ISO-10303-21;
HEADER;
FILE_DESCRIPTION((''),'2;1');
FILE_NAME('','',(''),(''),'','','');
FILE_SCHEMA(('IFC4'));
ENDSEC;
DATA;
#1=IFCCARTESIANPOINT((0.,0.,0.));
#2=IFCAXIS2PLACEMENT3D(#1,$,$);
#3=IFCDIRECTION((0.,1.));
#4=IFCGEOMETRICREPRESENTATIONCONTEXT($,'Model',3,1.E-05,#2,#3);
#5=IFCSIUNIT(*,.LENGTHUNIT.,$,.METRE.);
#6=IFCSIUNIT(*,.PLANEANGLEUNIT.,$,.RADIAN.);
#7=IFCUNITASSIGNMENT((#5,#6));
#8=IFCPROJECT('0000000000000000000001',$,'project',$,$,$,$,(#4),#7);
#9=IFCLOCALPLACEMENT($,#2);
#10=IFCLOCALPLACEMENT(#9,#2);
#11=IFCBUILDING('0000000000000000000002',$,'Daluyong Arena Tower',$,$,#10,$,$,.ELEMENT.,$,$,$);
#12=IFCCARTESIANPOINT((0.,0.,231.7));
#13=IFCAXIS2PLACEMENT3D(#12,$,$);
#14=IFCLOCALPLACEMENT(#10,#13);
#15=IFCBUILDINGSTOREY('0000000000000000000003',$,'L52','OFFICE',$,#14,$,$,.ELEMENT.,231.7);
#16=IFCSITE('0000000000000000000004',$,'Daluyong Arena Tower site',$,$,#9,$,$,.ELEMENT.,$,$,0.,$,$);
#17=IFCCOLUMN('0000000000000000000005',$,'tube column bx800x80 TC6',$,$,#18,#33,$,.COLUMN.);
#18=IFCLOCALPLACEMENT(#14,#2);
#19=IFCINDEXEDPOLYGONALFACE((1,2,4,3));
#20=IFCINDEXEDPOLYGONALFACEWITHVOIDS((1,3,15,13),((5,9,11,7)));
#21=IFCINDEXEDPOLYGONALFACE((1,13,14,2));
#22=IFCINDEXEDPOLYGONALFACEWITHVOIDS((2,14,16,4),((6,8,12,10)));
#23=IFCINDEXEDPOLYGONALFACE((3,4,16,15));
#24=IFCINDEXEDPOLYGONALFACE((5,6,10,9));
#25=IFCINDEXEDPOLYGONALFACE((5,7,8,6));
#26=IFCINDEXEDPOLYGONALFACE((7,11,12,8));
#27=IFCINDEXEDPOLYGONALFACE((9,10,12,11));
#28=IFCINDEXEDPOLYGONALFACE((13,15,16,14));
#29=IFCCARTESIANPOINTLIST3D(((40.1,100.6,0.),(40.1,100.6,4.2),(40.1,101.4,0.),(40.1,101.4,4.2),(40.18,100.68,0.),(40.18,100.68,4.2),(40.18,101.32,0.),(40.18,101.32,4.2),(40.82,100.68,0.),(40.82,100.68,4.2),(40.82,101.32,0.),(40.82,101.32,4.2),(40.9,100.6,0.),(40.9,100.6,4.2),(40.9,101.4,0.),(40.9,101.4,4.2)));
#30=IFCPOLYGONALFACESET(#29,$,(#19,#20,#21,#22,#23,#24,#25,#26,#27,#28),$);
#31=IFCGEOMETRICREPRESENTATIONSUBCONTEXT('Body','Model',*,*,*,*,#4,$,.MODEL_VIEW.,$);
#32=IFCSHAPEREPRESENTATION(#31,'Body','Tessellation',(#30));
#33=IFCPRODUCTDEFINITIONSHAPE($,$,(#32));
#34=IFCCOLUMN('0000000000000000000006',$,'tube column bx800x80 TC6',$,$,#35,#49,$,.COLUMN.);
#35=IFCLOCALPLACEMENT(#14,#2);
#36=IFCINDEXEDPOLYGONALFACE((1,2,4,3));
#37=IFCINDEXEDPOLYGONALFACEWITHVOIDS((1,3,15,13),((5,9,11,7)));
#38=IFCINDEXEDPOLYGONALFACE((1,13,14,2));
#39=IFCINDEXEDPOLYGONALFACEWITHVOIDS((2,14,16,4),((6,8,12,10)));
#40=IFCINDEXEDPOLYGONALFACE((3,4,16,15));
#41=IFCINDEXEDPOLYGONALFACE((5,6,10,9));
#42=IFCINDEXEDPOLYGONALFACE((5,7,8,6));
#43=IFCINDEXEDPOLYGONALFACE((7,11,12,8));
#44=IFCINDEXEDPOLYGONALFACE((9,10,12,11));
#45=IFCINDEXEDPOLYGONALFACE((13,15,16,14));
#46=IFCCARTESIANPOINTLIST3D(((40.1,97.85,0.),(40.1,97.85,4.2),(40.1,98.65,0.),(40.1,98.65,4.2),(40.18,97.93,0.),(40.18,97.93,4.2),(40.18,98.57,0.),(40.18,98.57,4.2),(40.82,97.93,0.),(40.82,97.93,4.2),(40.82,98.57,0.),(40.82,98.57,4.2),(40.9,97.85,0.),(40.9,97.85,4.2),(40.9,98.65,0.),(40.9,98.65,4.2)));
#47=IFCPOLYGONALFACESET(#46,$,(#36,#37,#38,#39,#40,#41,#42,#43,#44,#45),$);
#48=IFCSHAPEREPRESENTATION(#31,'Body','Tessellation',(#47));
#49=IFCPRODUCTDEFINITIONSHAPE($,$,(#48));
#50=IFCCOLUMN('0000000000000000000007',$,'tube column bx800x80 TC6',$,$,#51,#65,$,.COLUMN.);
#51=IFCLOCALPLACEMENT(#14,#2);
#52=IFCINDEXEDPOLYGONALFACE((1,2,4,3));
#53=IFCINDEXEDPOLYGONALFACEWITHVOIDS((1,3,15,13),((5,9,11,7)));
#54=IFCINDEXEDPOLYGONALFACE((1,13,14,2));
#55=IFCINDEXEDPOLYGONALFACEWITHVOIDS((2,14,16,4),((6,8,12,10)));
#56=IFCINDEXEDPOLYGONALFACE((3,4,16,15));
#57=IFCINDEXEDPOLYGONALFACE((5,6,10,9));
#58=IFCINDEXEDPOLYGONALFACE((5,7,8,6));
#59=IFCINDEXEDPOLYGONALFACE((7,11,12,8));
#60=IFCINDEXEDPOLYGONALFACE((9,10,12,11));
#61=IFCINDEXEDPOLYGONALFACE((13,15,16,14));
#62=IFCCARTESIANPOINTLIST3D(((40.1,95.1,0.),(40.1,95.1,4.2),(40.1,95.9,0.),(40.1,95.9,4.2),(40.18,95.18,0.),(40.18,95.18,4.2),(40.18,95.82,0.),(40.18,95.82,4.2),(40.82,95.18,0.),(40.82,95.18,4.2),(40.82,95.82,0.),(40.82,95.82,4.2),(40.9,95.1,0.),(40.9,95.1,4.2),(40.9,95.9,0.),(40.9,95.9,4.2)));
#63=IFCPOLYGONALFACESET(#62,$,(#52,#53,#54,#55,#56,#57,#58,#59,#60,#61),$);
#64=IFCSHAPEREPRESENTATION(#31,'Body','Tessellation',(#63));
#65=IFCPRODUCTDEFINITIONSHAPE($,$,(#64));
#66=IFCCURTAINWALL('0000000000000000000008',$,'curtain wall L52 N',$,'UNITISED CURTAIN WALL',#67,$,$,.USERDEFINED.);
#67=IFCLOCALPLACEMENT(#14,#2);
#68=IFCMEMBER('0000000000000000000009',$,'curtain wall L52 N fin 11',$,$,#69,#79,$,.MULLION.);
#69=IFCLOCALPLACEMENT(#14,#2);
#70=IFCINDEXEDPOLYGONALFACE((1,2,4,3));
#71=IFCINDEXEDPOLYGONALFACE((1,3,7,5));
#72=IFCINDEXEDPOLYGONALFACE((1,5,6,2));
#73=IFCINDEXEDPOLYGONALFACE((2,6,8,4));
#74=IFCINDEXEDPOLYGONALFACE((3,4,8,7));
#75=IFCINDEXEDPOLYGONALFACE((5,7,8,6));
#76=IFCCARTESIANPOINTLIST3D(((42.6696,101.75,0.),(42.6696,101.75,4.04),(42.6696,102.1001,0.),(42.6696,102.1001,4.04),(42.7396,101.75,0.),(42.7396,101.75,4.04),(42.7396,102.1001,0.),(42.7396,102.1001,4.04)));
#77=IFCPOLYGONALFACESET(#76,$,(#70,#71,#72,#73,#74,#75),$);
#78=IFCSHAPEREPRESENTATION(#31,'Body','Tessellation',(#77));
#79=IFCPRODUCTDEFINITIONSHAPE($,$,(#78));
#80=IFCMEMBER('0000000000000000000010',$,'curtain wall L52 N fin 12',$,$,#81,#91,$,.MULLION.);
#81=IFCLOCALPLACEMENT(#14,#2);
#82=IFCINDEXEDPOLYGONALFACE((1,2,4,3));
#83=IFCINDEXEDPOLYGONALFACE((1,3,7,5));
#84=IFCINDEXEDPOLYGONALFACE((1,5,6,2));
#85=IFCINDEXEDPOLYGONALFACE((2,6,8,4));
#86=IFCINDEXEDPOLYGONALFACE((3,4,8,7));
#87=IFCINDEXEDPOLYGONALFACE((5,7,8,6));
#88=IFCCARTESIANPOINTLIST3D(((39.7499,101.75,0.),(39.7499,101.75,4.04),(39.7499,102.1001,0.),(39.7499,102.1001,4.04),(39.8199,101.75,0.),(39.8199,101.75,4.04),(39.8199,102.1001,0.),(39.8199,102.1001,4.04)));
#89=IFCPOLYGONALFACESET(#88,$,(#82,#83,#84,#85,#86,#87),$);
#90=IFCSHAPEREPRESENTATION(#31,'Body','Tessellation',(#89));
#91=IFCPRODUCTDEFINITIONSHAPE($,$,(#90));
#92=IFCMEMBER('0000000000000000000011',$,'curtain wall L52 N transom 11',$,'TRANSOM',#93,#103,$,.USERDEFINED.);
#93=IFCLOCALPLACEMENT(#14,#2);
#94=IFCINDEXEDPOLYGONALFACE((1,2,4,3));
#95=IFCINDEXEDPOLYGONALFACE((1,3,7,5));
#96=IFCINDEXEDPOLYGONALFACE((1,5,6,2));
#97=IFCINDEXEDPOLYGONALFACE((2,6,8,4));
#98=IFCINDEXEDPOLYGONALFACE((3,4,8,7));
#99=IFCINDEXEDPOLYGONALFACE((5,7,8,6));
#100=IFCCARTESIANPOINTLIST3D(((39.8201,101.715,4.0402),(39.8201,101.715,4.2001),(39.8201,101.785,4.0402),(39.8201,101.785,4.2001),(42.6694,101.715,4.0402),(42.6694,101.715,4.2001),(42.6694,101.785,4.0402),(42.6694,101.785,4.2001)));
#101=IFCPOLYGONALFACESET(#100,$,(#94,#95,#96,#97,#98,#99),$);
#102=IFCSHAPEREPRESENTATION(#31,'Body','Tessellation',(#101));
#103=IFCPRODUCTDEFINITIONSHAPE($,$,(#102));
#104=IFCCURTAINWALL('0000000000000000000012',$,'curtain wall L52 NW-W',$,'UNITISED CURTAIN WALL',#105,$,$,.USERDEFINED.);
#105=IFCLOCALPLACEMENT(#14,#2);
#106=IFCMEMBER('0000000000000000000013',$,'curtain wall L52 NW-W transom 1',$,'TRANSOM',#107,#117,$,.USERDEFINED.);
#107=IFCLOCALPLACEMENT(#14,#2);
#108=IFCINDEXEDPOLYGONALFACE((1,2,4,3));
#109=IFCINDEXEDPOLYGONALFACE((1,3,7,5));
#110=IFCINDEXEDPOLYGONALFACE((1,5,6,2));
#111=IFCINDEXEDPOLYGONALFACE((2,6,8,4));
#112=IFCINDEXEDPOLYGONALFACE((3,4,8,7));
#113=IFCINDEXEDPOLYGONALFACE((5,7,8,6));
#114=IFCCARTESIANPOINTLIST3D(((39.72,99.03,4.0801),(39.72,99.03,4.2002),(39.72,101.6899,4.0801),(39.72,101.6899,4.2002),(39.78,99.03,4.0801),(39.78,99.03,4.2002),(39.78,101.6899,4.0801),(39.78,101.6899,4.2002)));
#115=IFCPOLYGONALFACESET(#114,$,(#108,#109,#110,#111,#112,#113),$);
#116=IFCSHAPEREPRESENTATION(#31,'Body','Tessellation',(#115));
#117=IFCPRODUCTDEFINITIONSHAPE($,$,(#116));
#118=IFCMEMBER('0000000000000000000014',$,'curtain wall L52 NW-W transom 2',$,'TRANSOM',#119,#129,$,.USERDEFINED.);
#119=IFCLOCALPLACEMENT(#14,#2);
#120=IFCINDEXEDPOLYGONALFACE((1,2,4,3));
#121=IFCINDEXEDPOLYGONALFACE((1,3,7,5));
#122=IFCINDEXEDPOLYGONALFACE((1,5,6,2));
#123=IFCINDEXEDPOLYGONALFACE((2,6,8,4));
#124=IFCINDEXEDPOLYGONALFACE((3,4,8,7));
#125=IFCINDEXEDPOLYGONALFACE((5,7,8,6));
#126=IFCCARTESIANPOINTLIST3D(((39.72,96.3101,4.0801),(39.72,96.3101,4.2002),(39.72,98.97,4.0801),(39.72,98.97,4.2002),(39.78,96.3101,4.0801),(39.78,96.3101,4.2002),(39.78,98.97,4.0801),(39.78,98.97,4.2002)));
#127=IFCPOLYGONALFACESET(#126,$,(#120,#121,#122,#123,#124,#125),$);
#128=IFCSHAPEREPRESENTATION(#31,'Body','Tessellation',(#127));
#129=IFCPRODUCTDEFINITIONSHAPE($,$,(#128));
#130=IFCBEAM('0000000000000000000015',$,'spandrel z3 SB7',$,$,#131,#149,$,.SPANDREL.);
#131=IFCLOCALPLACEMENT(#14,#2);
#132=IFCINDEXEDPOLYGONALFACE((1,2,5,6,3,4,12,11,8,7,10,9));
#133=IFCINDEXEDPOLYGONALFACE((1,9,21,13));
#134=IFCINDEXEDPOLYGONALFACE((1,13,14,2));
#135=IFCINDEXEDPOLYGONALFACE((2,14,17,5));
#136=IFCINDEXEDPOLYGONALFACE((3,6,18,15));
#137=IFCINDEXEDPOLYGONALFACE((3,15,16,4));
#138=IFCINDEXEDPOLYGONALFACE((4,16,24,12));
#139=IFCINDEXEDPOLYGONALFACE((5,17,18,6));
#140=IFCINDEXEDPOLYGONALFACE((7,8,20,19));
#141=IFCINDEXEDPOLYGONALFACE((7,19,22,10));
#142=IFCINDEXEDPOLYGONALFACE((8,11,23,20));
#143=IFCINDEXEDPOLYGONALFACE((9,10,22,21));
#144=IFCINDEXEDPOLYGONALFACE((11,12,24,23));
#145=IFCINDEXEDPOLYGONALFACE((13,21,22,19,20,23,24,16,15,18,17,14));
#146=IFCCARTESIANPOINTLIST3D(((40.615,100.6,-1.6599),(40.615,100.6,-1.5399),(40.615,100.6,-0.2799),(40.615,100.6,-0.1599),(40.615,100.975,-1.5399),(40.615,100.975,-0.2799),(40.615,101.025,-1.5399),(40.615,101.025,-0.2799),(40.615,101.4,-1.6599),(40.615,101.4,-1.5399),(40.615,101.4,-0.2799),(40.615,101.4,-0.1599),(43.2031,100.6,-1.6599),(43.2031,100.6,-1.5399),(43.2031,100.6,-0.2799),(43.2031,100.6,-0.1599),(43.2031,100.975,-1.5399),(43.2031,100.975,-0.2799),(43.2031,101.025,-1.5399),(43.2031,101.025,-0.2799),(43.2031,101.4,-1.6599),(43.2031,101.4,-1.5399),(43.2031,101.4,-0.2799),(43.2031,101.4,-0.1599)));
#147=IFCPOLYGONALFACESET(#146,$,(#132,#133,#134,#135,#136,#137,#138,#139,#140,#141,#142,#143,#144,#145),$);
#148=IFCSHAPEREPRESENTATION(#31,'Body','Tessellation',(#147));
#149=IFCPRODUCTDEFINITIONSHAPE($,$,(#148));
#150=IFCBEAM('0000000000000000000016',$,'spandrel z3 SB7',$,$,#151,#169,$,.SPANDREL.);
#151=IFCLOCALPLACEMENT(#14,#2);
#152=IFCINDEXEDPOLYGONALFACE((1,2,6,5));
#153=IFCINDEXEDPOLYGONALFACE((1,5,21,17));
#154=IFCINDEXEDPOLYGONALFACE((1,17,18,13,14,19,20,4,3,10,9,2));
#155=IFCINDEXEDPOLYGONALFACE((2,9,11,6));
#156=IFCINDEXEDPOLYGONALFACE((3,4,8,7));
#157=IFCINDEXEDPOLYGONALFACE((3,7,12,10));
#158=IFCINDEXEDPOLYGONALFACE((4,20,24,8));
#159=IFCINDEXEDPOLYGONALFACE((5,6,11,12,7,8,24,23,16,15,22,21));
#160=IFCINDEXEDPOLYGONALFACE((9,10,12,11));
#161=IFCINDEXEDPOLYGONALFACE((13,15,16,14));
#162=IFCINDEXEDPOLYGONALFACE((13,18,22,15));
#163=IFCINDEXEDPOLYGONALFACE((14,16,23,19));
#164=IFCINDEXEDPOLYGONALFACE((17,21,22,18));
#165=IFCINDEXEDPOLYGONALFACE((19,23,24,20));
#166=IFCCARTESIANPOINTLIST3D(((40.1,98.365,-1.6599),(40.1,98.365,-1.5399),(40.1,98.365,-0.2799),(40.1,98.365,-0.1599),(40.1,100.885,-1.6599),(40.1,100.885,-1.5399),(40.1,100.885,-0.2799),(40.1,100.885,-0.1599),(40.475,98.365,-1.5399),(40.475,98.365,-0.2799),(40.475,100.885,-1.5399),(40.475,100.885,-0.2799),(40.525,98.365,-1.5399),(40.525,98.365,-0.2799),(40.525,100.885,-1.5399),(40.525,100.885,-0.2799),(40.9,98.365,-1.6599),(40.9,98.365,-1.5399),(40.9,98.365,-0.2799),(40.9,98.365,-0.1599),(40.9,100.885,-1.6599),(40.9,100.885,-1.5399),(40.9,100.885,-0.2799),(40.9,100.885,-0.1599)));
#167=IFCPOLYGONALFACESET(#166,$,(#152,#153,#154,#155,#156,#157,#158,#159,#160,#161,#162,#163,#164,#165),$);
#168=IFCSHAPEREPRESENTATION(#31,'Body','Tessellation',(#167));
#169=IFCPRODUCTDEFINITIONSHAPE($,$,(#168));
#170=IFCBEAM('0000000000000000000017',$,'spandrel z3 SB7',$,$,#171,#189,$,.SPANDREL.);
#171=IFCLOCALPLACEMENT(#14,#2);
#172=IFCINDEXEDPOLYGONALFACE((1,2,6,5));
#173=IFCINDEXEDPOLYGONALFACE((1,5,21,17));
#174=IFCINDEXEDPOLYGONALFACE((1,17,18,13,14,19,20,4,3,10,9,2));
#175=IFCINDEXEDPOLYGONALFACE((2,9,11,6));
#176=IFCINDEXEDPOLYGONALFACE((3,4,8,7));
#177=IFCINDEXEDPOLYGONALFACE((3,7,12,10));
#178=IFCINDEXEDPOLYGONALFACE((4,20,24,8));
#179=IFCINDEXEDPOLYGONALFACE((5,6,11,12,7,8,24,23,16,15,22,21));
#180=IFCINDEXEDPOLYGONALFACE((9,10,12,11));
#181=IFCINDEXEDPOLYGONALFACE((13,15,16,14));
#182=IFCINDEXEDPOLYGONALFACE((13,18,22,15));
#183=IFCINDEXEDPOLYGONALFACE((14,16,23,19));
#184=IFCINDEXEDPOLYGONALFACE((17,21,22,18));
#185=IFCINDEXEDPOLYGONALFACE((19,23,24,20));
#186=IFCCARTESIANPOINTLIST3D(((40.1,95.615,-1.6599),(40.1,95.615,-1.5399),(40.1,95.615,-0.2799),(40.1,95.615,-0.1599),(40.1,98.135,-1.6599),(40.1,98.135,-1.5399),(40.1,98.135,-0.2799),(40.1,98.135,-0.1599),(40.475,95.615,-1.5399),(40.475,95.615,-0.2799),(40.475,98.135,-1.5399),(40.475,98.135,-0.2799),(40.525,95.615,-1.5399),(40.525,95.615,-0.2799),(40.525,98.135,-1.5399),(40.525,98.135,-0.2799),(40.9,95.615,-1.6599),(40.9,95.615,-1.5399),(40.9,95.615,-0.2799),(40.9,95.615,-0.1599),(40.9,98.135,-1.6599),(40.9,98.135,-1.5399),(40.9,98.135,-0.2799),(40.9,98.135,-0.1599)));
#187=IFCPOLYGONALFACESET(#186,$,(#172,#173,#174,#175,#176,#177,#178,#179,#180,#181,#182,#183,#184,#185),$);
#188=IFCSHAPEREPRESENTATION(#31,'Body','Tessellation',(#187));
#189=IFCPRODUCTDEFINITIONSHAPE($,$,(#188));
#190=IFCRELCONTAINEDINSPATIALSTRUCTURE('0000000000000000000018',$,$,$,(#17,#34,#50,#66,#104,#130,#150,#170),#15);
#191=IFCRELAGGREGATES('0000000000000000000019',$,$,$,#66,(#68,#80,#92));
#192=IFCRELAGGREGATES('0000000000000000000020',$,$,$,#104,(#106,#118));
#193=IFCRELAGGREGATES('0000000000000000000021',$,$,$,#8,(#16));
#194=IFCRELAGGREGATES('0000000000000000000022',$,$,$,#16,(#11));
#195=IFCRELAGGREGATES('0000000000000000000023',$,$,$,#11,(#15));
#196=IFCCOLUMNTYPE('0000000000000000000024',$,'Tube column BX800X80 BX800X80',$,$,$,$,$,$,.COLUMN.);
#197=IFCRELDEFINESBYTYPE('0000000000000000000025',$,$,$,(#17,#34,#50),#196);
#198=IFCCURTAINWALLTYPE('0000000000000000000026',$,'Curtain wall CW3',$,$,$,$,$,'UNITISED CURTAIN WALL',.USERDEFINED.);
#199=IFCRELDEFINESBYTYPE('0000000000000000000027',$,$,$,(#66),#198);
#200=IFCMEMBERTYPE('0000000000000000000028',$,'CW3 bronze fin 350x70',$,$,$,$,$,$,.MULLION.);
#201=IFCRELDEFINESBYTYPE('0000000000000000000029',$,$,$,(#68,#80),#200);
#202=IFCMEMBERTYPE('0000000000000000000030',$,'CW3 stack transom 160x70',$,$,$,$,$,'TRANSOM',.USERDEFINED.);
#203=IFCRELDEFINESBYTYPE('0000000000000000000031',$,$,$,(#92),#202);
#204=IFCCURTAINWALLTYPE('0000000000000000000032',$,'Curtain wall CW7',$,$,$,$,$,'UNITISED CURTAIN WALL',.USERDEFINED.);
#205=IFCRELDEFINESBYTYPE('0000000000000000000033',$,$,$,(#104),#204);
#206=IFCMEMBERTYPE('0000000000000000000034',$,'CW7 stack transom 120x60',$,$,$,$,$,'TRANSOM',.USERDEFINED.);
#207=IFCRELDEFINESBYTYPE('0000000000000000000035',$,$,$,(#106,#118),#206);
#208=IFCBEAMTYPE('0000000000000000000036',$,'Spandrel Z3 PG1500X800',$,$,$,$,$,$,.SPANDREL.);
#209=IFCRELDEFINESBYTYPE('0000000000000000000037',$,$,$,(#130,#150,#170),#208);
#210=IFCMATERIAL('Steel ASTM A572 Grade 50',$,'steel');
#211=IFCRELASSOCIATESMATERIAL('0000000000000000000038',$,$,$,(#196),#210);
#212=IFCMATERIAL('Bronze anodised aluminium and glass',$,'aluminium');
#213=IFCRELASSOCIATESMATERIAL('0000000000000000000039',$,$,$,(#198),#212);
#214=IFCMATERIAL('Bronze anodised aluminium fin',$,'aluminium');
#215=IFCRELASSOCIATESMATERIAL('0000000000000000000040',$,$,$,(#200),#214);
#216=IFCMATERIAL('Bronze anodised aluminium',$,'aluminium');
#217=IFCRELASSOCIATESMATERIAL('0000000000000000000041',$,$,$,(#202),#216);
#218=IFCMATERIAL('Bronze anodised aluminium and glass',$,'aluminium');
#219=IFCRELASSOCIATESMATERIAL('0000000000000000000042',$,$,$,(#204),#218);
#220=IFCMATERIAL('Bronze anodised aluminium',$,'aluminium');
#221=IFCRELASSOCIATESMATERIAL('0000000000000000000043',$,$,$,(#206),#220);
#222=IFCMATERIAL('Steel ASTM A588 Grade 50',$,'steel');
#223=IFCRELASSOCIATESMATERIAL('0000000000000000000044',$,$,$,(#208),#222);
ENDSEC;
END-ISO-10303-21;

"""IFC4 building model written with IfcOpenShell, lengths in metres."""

from ifc_helpers import new_model, si_unit, direction, frame, origin, origin_2d, place, context, subcontext, project, spatial, rectangle, hollow_rectangle, i_section, extrude, material, material_profile, profile_set, type_object, element, aggregate, save


model = new_model("IFC4")

# Units and contexts
model_context = context("Model", 3, precision=1e-05, world=origin(), true_north=direction((0.0, 1.0)))
body_context = subcontext(model_context, "Body", "Model", "MODEL_VIEW")
ifc_project = project(units=[si_unit("LENGTHUNIT", "METRE"), si_unit("PLANEANGLEUNIT", "RADIAN")], contexts=[model_context])

# Site, building, storey
site_placement = place(None, origin())
site = spatial("IfcSite", under=ifc_project, at=site_placement, Name="Daluyong Arena Tower site", CompositionType="ELEMENT", RefElevation=0.0)
building_placement = place(site_placement, origin())
building = spatial("IfcBuilding", under=site, at=building_placement, Name="Daluyong Arena Tower", CompositionType="ELEMENT")
storey_placement = place(building_placement, frame((0.0, 0.0, 231.7)))
storey = spatial("IfcBuildingStorey", under=building, at=storey_placement, Name="L52", Description="OFFICE", CompositionType="ELEMENT", Elevation=231.7)

# Columns
ifc_material_1 = material(Name="Steel ASTM A572 Grade 50", Category="steel")
ifc_material_profile_1 = material_profile(ifc_material_1, hollow_rectangle(XDim=0.8, YDim=0.8, WallThickness=0.08, at=origin_2d()))
ifc_profile_set_1 = profile_set([ifc_material_profile_1], Name="Steel ASTM A572 Grade 50")
column_type = type_object("IfcColumnType", Name="Tube column BX800X80 BX800X80", PredefinedType="COLUMN", material=ifc_profile_set_1)
for number, where, z_axis, x_axis, name in (
    (1, (40.5, 101.0, 0.0), (0.0, 0.0, 1.0), (0.0, 1.0, 0.0), "tube column bx800x80 TC6"),
    (2, (40.5, 98.25, 0.0), (0.0, 0.0, 1.0), (0.0, 1.0, 0.0), "tube column bx800x80 TC6"),
    (3, (40.5, 95.5, 0.0), (0.0, 0.0, 1.0), (1.0, 0.0, 0.0), "tube column bx800x80 TC6"),
):
    element("IfcColumn", number, at=place(storey_placement, frame(where, z_axis=z_axis, x_axis=x_axis)), inside=storey, type_object=column_type, Name=name, PredefinedType="COLUMN", context=body_context, shape_type="SweptSolid", body=[
        extrude(hollow_rectangle(XDim=0.8, YDim=0.8, WallThickness=0.08, at=origin_2d()), origin(), (0.0, 0.0, 1.0), 4.2),
    ])

# Curtain walls, members
ifc_material_2 = material(Name="Bronze anodised aluminium and glass", Category="aluminium")
curtain_wall_type_1 = type_object("IfcCurtainWallType", Name="Curtain wall CW3", ElementType="UNITISED CURTAIN WALL", PredefinedType="USERDEFINED", material=ifc_material_2)
curtain_wall_1_placement = place(storey_placement, origin())
curtain_wall_1 = element("IfcCurtainWall", 4, at=curtain_wall_1_placement, inside=storey, type_object=curtain_wall_type_1, Name="curtain wall L52 N", ObjectType="UNITISED CURTAIN WALL", PredefinedType="USERDEFINED")
ifc_material_3 = material(Name="Bronze anodised aluminium fin", Category="aluminium")
ifc_material_profile_2 = material_profile(ifc_material_3, rectangle(XDim=0.3501, YDim=0.0701, at=origin_2d()))
ifc_profile_set_2 = profile_set([ifc_material_profile_2], Name="Bronze anodised aluminium fin")
member_type_1 = type_object("IfcMemberType", Name="CW3 bronze fin 350x70", PredefinedType="MULLION", material=ifc_profile_set_2)
member_1_placement = place(storey_placement, frame((42.7046, 101.925, 0.0), z_axis=(0.0, 0.0, 1.0), x_axis=(0.0, -1.0, 0.0)))
member_1 = element("IfcMember", 5, at=member_1_placement, type_object=member_type_1, Name="curtain wall L52 N fin 11", PredefinedType="MULLION", context=body_context, shape_type="SweptSolid", body=[
    extrude(rectangle(XDim=0.3501, YDim=0.0701, at=origin_2d()), origin(), (0.0, 0.0, 1.0), 4.04),
])
member_2_placement = place(storey_placement, frame((39.7849, 101.925, 0.0), z_axis=(0.0, 0.0, 1.0), x_axis=(0.0, -1.0, 0.0)))
member_2 = element("IfcMember", 6, at=member_2_placement, type_object=member_type_1, Name="curtain wall L52 N fin 12", PredefinedType="MULLION", context=body_context, shape_type="SweptSolid", body=[
    extrude(rectangle(XDim=0.3501, YDim=0.0701, at=origin_2d()), origin(), (0.0, 0.0, 1.0), 4.04),
])
ifc_material_4 = material(Name="Bronze anodised aluminium", Category="aluminium")
ifc_material_profile_3 = material_profile(ifc_material_4, rectangle(XDim=0.0701, YDim=0.1599, at=origin_2d()))
ifc_profile_set_3 = profile_set([ifc_material_profile_3], Name="Bronze anodised aluminium")
member_type_2 = type_object("IfcMemberType", Name="CW3 stack transom 160x70", ElementType="TRANSOM", PredefinedType="USERDEFINED", material=ifc_profile_set_3)
member_3_placement = place(storey_placement, frame((42.6694, 101.75, 4.1201), z_axis=(-1.0, 0.0, 0.0), x_axis=(0.0, -1.0, 0.0)))
member_3 = element("IfcMember", 7, at=member_3_placement, type_object=member_type_2, Name="curtain wall L52 N transom 11", ObjectType="TRANSOM", PredefinedType="USERDEFINED", context=body_context, shape_type="SweptSolid", body=[
    extrude(rectangle(XDim=0.0701, YDim=0.1599, at=origin_2d()), origin(), (0.0, 0.0, 1.0), 2.8494),
])
ifc_material_5 = material(Name="Bronze anodised aluminium and glass", Category="aluminium")
curtain_wall_type_2 = type_object("IfcCurtainWallType", Name="Curtain wall CW7", ElementType="UNITISED CURTAIN WALL", PredefinedType="USERDEFINED", material=ifc_material_5)
curtain_wall_2_placement = place(storey_placement, origin())
curtain_wall_2 = element("IfcCurtainWall", 8, at=curtain_wall_2_placement, inside=storey, type_object=curtain_wall_type_2, Name="curtain wall L52 NW-W", ObjectType="UNITISED CURTAIN WALL", PredefinedType="USERDEFINED")
ifc_material_6 = material(Name="Bronze anodised aluminium", Category="aluminium")
ifc_material_profile_4 = material_profile(ifc_material_6, rectangle(XDim=0.0601, YDim=0.1201, at=origin_2d()))
ifc_profile_set_4 = profile_set([ifc_material_profile_4], Name="Bronze anodised aluminium")
member_type_3 = type_object("IfcMemberType", Name="CW7 stack transom 120x60", ElementType="TRANSOM", PredefinedType="USERDEFINED", material=ifc_profile_set_4)
member_4_placement = place(storey_placement, frame((39.75, 101.6899, 4.1401), z_axis=(0.0, -1.0, 0.0), x_axis=(1.0, 0.0, 0.0)))
member_4 = element("IfcMember", 9, at=member_4_placement, type_object=member_type_3, Name="curtain wall L52 NW-W transom 1", ObjectType="TRANSOM", PredefinedType="USERDEFINED", context=body_context, shape_type="SweptSolid", body=[
    extrude(rectangle(XDim=0.0601, YDim=0.1201, at=origin_2d()), origin(), (0.0, 0.0, 1.0), 2.6599),
])
member_5_placement = place(storey_placement, frame((39.75, 98.97, 4.1401), z_axis=(0.0, -1.0, 0.0), x_axis=(1.0, 0.0, 0.0)))
member_5 = element("IfcMember", 10, at=member_5_placement, type_object=member_type_3, Name="curtain wall L52 NW-W transom 2", ObjectType="TRANSOM", PredefinedType="USERDEFINED", context=body_context, shape_type="SweptSolid", body=[
    extrude(rectangle(XDim=0.0601, YDim=0.1201, at=origin_2d()), origin(), (0.0, 0.0, 1.0), 2.6599),
])

# Beams
ifc_material_7 = material(Name="Steel ASTM A588 Grade 50", Category="steel")
ifc_material_profile_5 = material_profile(ifc_material_7, i_section(OverallWidth=0.8, OverallDepth=1.5, WebThickness=0.05, FlangeThickness=0.12, at=origin_2d()))
ifc_profile_set_5 = profile_set([ifc_material_profile_5], Name="Steel ASTM A588 Grade 50")
beam_type = type_object("IfcBeamType", Name="Spandrel Z3 PG1500X800", PredefinedType="SPANDREL", material=ifc_profile_set_5)
beam_placement = place(storey_placement, frame((43.2031, 101.0, -0.9099), z_axis=(-1.0, 0.0, 0.0), x_axis=(0.0, -1.0, 0.0)))
element("IfcBeam", 11, at=beam_placement, inside=storey, type_object=beam_type, Name="spandrel z3 SB7", PredefinedType="SPANDREL", context=body_context, shape_type="SweptSolid", body=[
    extrude(i_section(OverallWidth=0.8, OverallDepth=1.5, WebThickness=0.05, FlangeThickness=0.12, at=origin_2d()), origin(), (0.0, 0.0, 1.0), 2.5881),
])
for number, where, z_axis, x_axis, name in (
    (12, (40.5, 100.885, -0.9099), (0.0, -1.0, 0.0), (1.0, 0.0, 0.0), "spandrel z3 SB7"),
    (13, (40.5, 98.135, -0.9099), (0.0, -1.0, 0.0), (1.0, 0.0, 0.0), "spandrel z3 SB7"),
):
    element("IfcBeam", number, at=place(storey_placement, frame(where, z_axis=z_axis, x_axis=x_axis)), inside=storey, type_object=beam_type, Name=name, PredefinedType="SPANDREL", context=body_context, shape_type="SweptSolid", body=[
        extrude(i_section(OverallWidth=0.8, OverallDepth=1.5, WebThickness=0.05, FlangeThickness=0.12, at=origin_2d()), origin(), (0.0, 0.0, 1.0), 2.52),
    ])

aggregate(curtain_wall_1, [member_1, member_2, member_3])
aggregate(curtain_wall_2, [member_4, member_5])

save(model, "model.ifc")
